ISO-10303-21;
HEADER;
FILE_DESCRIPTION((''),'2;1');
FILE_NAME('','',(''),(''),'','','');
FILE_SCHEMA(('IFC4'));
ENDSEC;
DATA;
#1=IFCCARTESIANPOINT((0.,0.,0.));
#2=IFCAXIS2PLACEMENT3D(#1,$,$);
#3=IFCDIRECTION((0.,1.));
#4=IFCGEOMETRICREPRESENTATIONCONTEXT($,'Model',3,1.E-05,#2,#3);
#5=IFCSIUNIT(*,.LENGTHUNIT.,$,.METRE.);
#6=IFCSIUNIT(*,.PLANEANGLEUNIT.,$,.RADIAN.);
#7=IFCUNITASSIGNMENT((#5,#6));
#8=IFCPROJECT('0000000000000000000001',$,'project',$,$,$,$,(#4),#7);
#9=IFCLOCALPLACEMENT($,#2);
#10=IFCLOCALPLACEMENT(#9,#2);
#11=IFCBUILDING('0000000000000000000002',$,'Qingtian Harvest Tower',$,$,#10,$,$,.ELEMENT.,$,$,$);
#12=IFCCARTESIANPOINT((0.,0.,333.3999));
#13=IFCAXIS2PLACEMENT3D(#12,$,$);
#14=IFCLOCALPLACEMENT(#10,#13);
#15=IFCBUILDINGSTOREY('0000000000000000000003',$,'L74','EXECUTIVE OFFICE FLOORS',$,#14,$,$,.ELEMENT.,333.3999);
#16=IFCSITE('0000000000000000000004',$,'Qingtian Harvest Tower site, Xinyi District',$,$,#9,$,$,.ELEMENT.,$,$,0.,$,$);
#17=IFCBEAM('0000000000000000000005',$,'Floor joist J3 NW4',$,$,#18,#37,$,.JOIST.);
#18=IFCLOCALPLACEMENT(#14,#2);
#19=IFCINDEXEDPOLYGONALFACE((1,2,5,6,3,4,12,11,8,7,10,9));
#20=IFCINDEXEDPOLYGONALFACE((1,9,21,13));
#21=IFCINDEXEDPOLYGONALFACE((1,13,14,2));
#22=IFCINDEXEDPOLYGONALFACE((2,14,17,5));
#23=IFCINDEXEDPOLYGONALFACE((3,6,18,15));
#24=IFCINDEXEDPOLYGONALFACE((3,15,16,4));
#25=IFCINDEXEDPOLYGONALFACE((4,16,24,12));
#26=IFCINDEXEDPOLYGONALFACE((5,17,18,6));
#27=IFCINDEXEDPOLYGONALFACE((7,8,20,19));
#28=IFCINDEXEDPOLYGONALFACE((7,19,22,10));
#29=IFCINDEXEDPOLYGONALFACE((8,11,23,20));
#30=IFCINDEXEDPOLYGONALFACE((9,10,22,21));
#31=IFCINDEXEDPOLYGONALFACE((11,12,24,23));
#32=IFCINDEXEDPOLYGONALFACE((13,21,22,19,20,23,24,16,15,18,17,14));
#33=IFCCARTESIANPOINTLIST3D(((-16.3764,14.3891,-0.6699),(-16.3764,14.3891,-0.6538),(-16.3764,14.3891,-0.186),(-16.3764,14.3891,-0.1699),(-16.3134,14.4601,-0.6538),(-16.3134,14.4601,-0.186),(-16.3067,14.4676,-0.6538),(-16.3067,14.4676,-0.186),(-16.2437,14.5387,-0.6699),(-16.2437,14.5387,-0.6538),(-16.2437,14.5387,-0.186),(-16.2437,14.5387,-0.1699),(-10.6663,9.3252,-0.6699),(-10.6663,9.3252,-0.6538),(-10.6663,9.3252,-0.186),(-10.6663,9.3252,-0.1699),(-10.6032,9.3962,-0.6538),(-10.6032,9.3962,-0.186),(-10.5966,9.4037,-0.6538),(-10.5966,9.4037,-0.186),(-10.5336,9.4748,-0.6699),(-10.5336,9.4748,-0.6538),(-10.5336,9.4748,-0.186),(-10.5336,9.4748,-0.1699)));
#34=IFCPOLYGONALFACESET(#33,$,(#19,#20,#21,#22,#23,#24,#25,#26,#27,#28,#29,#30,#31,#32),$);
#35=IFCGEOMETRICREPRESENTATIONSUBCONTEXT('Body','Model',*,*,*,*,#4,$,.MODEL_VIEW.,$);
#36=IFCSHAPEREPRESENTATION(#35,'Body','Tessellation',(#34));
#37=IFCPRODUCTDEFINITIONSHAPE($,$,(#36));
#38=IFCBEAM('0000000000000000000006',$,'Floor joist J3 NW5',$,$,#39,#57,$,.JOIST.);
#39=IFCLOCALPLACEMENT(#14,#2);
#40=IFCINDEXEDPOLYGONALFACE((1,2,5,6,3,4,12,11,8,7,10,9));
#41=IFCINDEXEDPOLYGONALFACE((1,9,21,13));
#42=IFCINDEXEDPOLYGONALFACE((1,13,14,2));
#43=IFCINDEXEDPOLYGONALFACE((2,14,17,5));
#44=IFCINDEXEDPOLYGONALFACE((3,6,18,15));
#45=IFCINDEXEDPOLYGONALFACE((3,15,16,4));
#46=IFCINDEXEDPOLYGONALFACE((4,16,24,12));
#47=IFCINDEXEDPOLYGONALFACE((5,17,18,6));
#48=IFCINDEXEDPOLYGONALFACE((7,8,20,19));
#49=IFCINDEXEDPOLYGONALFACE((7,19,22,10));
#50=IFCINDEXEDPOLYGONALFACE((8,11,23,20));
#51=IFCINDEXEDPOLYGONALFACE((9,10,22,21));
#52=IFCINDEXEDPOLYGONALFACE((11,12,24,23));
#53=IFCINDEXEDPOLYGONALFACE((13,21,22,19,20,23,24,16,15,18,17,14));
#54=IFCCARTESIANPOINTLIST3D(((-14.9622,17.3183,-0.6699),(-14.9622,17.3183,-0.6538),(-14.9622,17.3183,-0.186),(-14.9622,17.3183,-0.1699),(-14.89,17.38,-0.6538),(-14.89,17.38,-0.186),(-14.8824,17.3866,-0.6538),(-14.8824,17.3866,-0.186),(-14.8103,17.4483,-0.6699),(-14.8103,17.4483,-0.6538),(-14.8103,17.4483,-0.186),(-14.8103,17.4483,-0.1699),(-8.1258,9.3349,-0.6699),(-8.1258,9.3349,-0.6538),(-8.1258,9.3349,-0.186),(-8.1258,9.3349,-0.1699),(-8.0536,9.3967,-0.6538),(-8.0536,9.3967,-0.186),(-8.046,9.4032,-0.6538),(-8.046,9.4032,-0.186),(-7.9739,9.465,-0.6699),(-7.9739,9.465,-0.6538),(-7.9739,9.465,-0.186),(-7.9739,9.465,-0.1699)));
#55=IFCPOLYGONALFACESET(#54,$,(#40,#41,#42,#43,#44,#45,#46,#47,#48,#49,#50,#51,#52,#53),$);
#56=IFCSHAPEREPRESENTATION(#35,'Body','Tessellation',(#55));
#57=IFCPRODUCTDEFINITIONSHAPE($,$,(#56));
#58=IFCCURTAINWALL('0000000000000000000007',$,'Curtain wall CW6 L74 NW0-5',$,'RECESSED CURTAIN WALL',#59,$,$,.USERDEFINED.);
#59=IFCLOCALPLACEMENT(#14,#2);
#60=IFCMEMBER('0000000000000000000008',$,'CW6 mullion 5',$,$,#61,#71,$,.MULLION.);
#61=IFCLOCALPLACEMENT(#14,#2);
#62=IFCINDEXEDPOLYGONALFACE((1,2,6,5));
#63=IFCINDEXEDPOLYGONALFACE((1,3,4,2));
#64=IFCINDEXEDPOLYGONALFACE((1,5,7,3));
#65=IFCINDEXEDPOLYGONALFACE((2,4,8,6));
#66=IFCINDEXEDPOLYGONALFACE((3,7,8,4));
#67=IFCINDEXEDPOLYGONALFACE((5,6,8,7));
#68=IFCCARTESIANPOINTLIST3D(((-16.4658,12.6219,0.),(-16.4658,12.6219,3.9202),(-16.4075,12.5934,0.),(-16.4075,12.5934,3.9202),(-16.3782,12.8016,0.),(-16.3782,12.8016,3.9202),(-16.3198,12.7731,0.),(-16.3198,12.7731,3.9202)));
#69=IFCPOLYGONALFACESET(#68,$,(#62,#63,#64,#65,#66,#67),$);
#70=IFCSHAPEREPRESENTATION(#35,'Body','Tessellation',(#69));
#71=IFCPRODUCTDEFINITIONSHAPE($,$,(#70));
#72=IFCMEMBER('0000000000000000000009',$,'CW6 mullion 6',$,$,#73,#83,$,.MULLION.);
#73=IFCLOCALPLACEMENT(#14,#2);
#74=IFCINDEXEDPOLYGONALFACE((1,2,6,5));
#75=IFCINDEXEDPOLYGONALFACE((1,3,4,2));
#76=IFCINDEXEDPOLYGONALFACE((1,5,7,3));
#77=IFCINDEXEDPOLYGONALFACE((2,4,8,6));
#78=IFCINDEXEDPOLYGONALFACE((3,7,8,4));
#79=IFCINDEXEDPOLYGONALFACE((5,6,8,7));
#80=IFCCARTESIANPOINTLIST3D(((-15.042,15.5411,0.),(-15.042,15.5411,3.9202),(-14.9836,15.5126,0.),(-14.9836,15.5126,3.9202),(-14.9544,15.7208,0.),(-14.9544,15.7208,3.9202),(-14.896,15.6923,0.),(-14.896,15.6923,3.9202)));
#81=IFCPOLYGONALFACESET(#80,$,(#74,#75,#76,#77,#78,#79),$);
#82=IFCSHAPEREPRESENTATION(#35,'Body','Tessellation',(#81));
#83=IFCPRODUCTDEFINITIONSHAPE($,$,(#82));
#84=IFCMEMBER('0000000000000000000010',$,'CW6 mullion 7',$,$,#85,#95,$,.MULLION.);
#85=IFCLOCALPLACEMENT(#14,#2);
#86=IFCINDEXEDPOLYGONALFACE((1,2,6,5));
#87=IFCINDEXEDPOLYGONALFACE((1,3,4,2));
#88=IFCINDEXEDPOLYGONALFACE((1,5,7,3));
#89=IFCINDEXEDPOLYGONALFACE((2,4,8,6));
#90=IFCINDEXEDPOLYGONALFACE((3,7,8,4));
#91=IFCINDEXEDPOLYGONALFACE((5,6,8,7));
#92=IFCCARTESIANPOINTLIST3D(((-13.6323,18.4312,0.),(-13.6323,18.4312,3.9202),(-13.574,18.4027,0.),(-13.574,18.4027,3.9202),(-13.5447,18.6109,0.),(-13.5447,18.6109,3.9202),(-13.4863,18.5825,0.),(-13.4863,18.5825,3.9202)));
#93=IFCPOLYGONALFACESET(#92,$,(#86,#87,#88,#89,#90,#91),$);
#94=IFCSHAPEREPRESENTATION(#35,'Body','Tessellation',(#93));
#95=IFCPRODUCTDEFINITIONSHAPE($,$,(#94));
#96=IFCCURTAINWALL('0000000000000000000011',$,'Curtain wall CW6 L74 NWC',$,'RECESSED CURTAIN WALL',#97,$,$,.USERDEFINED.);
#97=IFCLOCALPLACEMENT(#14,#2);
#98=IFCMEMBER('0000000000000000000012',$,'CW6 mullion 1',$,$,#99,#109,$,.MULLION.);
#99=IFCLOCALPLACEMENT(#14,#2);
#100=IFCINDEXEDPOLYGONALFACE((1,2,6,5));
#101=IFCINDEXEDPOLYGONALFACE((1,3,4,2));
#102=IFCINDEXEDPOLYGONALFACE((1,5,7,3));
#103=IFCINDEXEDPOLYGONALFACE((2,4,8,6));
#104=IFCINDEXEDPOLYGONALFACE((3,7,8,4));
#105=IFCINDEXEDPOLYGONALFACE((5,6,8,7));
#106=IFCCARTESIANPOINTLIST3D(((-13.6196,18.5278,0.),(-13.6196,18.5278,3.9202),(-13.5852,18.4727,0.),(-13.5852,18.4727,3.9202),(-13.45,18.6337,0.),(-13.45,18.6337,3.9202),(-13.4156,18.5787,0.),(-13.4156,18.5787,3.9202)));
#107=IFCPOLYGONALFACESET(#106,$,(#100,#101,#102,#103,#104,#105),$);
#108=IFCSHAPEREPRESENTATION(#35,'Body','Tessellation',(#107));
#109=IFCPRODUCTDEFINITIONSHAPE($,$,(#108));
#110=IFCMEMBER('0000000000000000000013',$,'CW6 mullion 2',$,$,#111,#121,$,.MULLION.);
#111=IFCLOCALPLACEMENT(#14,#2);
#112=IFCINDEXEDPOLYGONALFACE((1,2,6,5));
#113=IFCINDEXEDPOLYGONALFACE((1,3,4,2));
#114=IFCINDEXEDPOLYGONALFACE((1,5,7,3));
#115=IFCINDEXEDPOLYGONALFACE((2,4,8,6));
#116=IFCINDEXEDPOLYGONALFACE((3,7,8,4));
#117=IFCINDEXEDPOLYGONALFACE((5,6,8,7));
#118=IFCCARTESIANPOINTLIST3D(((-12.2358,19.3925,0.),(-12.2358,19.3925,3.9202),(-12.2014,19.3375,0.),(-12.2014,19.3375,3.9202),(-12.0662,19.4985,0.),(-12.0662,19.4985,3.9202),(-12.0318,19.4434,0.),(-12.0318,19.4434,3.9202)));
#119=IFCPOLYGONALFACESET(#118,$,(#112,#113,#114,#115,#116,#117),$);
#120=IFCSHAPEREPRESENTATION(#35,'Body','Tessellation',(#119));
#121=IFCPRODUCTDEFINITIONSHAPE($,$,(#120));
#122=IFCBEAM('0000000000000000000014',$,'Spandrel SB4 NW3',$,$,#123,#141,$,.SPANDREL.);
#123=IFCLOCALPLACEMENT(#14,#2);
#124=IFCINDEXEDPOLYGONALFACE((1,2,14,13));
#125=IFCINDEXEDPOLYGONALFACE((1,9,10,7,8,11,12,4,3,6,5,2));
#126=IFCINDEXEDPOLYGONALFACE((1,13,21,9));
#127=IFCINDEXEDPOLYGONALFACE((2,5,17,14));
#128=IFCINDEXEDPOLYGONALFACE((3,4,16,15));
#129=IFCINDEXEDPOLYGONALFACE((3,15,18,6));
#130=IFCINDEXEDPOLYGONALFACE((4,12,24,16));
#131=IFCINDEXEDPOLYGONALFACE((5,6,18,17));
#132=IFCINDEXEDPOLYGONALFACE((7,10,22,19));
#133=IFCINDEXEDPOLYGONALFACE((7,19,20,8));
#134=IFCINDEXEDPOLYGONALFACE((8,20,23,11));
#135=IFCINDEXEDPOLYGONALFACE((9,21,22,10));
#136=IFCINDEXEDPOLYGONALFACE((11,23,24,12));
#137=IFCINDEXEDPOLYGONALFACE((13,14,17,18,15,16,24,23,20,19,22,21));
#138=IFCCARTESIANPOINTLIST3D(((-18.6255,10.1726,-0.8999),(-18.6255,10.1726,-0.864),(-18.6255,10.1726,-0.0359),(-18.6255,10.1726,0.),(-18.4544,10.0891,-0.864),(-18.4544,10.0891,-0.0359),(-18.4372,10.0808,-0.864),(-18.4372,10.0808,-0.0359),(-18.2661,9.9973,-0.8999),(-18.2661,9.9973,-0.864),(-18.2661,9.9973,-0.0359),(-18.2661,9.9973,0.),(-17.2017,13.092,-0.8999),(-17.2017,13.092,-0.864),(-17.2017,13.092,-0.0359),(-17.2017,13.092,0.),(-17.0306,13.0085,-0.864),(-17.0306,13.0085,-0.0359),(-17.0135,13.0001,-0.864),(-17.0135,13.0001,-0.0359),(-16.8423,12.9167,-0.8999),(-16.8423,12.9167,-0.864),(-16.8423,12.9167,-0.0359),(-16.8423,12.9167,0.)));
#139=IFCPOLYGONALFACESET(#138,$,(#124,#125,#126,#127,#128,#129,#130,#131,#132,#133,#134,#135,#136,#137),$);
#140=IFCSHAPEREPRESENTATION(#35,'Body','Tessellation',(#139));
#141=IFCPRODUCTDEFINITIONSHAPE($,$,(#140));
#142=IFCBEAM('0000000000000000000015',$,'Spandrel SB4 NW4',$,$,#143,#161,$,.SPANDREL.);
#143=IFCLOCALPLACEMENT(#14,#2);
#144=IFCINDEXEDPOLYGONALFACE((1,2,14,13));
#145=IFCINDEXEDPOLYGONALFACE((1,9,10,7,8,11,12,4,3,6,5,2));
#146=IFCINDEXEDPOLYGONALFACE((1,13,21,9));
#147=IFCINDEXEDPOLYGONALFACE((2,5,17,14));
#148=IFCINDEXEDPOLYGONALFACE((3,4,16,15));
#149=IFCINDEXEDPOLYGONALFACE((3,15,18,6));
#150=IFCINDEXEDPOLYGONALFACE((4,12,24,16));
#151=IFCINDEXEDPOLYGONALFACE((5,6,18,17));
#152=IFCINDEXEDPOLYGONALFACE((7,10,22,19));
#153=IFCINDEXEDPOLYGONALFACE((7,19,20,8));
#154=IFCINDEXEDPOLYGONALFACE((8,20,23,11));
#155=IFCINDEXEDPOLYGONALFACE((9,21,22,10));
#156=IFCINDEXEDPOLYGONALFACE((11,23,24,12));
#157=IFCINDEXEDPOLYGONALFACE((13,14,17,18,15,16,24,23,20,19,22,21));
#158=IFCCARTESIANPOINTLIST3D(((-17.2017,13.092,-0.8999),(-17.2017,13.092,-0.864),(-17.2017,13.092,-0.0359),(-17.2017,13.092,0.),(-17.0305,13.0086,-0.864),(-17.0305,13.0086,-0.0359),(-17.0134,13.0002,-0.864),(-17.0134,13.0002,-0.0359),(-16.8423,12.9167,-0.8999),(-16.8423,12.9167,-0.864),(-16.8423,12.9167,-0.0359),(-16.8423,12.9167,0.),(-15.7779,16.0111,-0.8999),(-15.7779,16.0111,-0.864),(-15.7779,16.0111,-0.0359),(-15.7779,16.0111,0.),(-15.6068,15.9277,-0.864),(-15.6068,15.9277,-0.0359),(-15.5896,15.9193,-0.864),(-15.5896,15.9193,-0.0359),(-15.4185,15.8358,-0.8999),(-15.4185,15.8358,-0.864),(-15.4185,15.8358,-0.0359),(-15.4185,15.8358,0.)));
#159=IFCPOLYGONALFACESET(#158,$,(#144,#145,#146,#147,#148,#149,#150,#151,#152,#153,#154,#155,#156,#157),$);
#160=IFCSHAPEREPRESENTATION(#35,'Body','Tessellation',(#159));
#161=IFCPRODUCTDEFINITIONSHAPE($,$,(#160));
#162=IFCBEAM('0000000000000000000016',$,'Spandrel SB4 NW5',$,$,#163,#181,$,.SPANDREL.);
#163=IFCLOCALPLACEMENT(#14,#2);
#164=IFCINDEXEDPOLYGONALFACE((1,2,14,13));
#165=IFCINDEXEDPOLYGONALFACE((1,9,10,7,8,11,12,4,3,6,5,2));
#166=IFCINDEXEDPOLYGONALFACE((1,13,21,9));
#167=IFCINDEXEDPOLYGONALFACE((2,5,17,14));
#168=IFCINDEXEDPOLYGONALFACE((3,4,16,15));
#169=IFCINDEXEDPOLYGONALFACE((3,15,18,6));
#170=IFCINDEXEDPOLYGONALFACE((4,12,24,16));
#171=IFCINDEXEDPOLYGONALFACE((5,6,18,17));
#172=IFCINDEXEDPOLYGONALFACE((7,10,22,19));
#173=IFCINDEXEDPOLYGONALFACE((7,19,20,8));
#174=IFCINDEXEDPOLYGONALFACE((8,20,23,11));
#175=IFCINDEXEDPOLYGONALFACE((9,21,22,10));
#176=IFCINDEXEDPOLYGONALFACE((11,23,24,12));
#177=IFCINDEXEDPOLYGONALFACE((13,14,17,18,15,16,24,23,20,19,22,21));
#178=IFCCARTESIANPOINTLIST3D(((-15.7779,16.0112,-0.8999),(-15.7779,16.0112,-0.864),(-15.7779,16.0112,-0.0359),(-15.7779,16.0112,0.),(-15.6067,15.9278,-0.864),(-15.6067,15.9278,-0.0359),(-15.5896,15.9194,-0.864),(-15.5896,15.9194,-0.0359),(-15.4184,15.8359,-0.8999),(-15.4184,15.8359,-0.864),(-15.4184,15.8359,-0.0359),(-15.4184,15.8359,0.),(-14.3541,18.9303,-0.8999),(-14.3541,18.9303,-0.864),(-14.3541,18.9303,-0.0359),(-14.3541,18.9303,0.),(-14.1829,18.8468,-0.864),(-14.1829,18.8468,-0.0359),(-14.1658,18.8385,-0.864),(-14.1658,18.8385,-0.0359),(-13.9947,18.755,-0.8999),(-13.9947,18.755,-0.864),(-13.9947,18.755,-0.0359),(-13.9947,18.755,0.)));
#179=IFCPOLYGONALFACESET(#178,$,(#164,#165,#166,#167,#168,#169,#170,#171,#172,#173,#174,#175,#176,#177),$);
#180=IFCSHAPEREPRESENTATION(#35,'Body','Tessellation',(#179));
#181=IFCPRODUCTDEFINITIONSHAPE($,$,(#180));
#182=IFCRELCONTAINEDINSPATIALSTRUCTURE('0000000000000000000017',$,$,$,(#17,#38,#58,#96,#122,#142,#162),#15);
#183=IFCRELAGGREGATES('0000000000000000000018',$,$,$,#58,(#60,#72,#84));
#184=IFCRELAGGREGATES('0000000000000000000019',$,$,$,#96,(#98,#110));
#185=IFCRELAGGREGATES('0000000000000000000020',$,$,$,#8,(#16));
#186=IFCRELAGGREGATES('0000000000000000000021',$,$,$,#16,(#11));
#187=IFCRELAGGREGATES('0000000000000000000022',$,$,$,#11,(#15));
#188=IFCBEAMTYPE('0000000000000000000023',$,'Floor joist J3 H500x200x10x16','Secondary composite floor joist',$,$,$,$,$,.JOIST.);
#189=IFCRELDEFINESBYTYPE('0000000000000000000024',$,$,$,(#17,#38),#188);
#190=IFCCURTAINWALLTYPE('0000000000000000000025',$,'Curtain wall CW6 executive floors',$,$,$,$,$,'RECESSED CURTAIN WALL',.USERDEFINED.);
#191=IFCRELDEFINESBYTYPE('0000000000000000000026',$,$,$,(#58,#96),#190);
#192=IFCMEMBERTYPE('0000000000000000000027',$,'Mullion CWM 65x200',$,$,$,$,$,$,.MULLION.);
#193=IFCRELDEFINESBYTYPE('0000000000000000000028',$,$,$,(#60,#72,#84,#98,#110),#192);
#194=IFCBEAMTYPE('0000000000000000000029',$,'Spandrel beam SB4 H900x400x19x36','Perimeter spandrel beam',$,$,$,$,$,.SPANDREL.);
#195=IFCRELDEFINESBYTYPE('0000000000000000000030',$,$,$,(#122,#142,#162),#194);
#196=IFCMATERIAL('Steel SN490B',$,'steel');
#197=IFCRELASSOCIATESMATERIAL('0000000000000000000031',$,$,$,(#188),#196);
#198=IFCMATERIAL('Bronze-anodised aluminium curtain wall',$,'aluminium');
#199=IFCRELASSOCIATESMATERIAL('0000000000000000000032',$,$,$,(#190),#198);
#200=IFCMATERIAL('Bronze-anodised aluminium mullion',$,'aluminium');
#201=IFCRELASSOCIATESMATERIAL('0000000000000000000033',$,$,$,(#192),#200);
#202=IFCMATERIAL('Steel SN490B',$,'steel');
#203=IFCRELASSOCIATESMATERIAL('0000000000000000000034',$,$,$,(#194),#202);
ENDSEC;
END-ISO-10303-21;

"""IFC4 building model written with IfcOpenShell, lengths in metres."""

from ifc_helpers import new_model, si_unit, direction, frame, origin, origin_2d, place, context, subcontext, project, spatial, rectangle, i_section, extrude, material, material_profile, profile_set, type_object, element, aggregate, save


model = new_model("IFC4")

# Units and contexts
model_context = context("Model", 3, precision=1e-05, world=origin(), true_north=direction((0.0, 1.0)))
body_context = subcontext(model_context, "Body", "Model", "MODEL_VIEW")
ifc_project = project(units=[si_unit("LENGTHUNIT", "METRE"), si_unit("PLANEANGLEUNIT", "RADIAN")], contexts=[model_context])

# Site, building, storey
site_placement = place(None, origin())
site = spatial("IfcSite", under=ifc_project, at=site_placement, Name="Qingtian Harvest Tower site, Xinyi District", CompositionType="ELEMENT", RefElevation=0.0)
building_placement = place(site_placement, origin())
building = spatial("IfcBuilding", under=site, at=building_placement, Name="Qingtian Harvest Tower", CompositionType="ELEMENT")
storey_placement = place(building_placement, frame((0.0, 0.0, 333.3999)))
storey = spatial("IfcBuildingStorey", under=building, at=storey_placement, Name="L74", Description="EXECUTIVE OFFICE FLOORS", CompositionType="ELEMENT", Elevation=333.3999)

# Beams
ifc_material_1 = material(Name="Steel SN490B", Category="steel")
ifc_material_profile_1 = material_profile(ifc_material_1, i_section(OverallWidth=0.2, OverallDepth=0.5, WebThickness=0.01, FlangeThickness=0.0161, at=origin_2d()), Name="H500x200x10x16")
ifc_profile_set_1 = profile_set([ifc_material_profile_1], Name="Steel SN490B")
beam_type_1 = type_object("IfcBeamType", Name="Floor joist J3 H500x200x10x16", Description="Secondary composite floor joist", PredefinedType="JOIST", material=ifc_profile_set_1)
beam_1_placement = place(storey_placement, frame((-16.3101, 14.4639, -0.4199), z_axis=(0.748175, -0.663502, 0.0), x_axis=(0.663502, 0.748175, 0.0)))
element("IfcBeam", 1, at=beam_1_placement, inside=storey, type_object=beam_type_1, Name="Floor joist J3 NW4", PredefinedType="JOIST", context=body_context, shape_type="SweptSolid", body=[
    extrude(i_section(OverallWidth=0.2, OverallDepth=0.5, WebThickness=0.01, FlangeThickness=0.0161, at=origin_2d()), origin(), (0.0, 0.0, 1.0), 7.6321),
])
beam_2_placement = place(storey_placement, frame((-14.8862, 17.3833, -0.4199), z_axis=(0.650436, -0.759561, 0.0), x_axis=(0.759561, 0.650436, 0.0)))
element("IfcBeam", 2, at=beam_2_placement, inside=storey, type_object=beam_type_1, Name="Floor joist J3 NW5", PredefinedType="JOIST", context=body_context, shape_type="SweptSolid", body=[
    extrude(i_section(OverallWidth=0.2, OverallDepth=0.5, WebThickness=0.01, FlangeThickness=0.0161, at=origin_2d()), origin(), (0.0, 0.0, 1.0), 10.5105),
])

# Curtain walls, members
ifc_material_2 = material(Name="Bronze-anodised aluminium curtain wall", Category="aluminium")
curtain_wall_type = type_object("IfcCurtainWallType", Name="Curtain wall CW6 executive floors", ElementType="RECESSED CURTAIN WALL", PredefinedType="USERDEFINED", material=ifc_material_2)
curtain_wall_1_placement = place(storey_placement, origin())
curtain_wall_1 = element("IfcCurtainWall", 3, at=curtain_wall_1_placement, inside=storey, type_object=curtain_wall_type, Name="Curtain wall CW6 L74 NW0-5", ObjectType="RECESSED CURTAIN WALL", PredefinedType="USERDEFINED")
ifc_material_3 = material(Name="Bronze-anodised aluminium mullion", Category="aluminium")
ifc_material_profile_2 = material_profile(ifc_material_3, rectangle(XDim=0.0649, YDim=0.2, at=origin_2d()), Name="AL 65x200")
ifc_profile_set_2 = profile_set([ifc_material_profile_2], Name="Bronze-anodised aluminium mullion")
member_type_1 = type_object("IfcMemberType", Name="Mullion CWM 65x200", PredefinedType="MULLION", material=ifc_profile_set_2)
member_1_placement = place(storey_placement, frame((-16.3928, 12.6975, 0.0), z_axis=(0.0, 0.0, 1.0), x_axis=(-0.898794, 0.438371, 0.0)))
member_1 = element("IfcMember", 4, at=member_1_placement, type_object=member_type_1, Name="CW6 mullion 5", PredefinedType="MULLION", context=body_context, shape_type="SweptSolid", body=[
    extrude(rectangle(XDim=0.0649, YDim=0.2, at=origin_2d()), origin(), (0.0, 0.0, 1.0), 3.9202),
])
member_2_placement = place(storey_placement, frame((-14.969, 15.6167, 0.0), z_axis=(0.0, 0.0, 1.0), x_axis=(-0.898794, 0.438371, 0.0)))
member_2 = element("IfcMember", 5, at=member_2_placement, type_object=member_type_1, Name="CW6 mullion 6", PredefinedType="MULLION", context=body_context, shape_type="SweptSolid", body=[
    extrude(rectangle(XDim=0.0649, YDim=0.2, at=origin_2d()), origin(), (0.0, 0.0, 1.0), 3.9202),
])
member_3_placement = place(storey_placement, frame((-13.5593, 18.5068, 0.0), z_axis=(0.0, 0.0, 1.0), x_axis=(-0.898794, 0.438371, 0.0)))
member_3 = element("IfcMember", 6, at=member_3_placement, type_object=member_type_1, Name="CW6 mullion 7", PredefinedType="MULLION", context=body_context, shape_type="SweptSolid", body=[
    extrude(rectangle(XDim=0.0649, YDim=0.2, at=origin_2d()), origin(), (0.0, 0.0, 1.0), 3.9202),
])
curtain_wall_2_placement = place(storey_placement, origin())
curtain_wall_2 = element("IfcCurtainWall", 7, at=curtain_wall_2_placement, inside=storey, type_object=curtain_wall_type, Name="Curtain wall CW6 L74 NWC", ObjectType="RECESSED CURTAIN WALL", PredefinedType="USERDEFINED")
member_4_placement = place(storey_placement, frame((-13.5176, 18.5532, 0.0), z_axis=(0.0, 0.0, 1.0), x_axis=(-0.529919, 0.848048, 0.0)))
member_4 = element("IfcMember", 8, at=member_4_placement, type_object=member_type_1, Name="CW6 mullion 1", PredefinedType="MULLION", context=body_context, shape_type="SweptSolid", body=[
    extrude(rectangle(XDim=0.0649, YDim=0.2, at=origin_2d()), origin(), (0.0, 0.0, 1.0), 3.9202),
])
member_5_placement = place(storey_placement, frame((-12.1338, 19.418, 0.0), z_axis=(0.0, 0.0, 1.0), x_axis=(-0.529919, 0.848048, 0.0)))
member_5 = element("IfcMember", 9, at=member_5_placement, type_object=member_type_1, Name="CW6 mullion 2", PredefinedType="MULLION", context=body_context, shape_type="SweptSolid", body=[
    extrude(rectangle(XDim=0.0649, YDim=0.2, at=origin_2d()), origin(), (0.0, 0.0, 1.0), 3.9202),
])

# Beams
ifc_material_4 = material(Name="Steel SN490B", Category="steel")
ifc_material_profile_3 = material_profile(ifc_material_4, i_section(OverallWidth=0.3999, OverallDepth=0.8999, WebThickness=0.019, FlangeThickness=0.0359, at=origin_2d()), Name="H900x400x19x36")
ifc_profile_set_3 = profile_set([ifc_material_profile_3], Name="Steel SN490B")
beam_type_2 = type_object("IfcBeamType", Name="Spandrel beam SB4 H900x400x19x36", Description="Perimeter spandrel beam", PredefinedType="SPANDREL", material=ifc_profile_set_3)
beam_3_placement = place(storey_placement, frame((-18.4458, 10.085, -0.45), z_axis=(0.438353, 0.898803, 0.0), x_axis=(-0.898803, 0.438353, 0.0)))
element("IfcBeam", 10, at=beam_3_placement, inside=storey, type_object=beam_type_2, Name="Spandrel SB4 NW3", PredefinedType="SPANDREL", context=body_context, shape_type="SweptSolid", body=[
    extrude(i_section(OverallWidth=0.3999, OverallDepth=0.8999, WebThickness=0.019, FlangeThickness=0.0359, at=origin_2d()), origin(), (0.0, 0.0, 1.0), 3.248),
])
for number, where, z_axis, x_axis, name in (
    (11, (-17.022, 13.0044, -0.45), (0.438382, 0.898789, 0.0), (-0.898789, 0.438382, 0.0), "Spandrel SB4 NW4"),
    (12, (-15.5981, 15.9236, -0.45), (0.438382, 0.898789, 0.0), (-0.898789, 0.438382, 0.0), "Spandrel SB4 NW5"),
):
    element("IfcBeam", number, at=place(storey_placement, frame(where, z_axis=z_axis, x_axis=x_axis)), inside=storey, type_object=beam_type_2, Name=name, PredefinedType="SPANDREL", context=body_context, shape_type="SweptSolid", body=[
        extrude(i_section(OverallWidth=0.3999, OverallDepth=0.8999, WebThickness=0.019, FlangeThickness=0.0359, at=origin_2d()), origin(), (0.0, 0.0, 1.0), 3.2478),
    ])

aggregate(curtain_wall_1, [member_1, member_2, member_3])
aggregate(curtain_wall_2, [member_4, member_5])

save(model, "model.ifc")
